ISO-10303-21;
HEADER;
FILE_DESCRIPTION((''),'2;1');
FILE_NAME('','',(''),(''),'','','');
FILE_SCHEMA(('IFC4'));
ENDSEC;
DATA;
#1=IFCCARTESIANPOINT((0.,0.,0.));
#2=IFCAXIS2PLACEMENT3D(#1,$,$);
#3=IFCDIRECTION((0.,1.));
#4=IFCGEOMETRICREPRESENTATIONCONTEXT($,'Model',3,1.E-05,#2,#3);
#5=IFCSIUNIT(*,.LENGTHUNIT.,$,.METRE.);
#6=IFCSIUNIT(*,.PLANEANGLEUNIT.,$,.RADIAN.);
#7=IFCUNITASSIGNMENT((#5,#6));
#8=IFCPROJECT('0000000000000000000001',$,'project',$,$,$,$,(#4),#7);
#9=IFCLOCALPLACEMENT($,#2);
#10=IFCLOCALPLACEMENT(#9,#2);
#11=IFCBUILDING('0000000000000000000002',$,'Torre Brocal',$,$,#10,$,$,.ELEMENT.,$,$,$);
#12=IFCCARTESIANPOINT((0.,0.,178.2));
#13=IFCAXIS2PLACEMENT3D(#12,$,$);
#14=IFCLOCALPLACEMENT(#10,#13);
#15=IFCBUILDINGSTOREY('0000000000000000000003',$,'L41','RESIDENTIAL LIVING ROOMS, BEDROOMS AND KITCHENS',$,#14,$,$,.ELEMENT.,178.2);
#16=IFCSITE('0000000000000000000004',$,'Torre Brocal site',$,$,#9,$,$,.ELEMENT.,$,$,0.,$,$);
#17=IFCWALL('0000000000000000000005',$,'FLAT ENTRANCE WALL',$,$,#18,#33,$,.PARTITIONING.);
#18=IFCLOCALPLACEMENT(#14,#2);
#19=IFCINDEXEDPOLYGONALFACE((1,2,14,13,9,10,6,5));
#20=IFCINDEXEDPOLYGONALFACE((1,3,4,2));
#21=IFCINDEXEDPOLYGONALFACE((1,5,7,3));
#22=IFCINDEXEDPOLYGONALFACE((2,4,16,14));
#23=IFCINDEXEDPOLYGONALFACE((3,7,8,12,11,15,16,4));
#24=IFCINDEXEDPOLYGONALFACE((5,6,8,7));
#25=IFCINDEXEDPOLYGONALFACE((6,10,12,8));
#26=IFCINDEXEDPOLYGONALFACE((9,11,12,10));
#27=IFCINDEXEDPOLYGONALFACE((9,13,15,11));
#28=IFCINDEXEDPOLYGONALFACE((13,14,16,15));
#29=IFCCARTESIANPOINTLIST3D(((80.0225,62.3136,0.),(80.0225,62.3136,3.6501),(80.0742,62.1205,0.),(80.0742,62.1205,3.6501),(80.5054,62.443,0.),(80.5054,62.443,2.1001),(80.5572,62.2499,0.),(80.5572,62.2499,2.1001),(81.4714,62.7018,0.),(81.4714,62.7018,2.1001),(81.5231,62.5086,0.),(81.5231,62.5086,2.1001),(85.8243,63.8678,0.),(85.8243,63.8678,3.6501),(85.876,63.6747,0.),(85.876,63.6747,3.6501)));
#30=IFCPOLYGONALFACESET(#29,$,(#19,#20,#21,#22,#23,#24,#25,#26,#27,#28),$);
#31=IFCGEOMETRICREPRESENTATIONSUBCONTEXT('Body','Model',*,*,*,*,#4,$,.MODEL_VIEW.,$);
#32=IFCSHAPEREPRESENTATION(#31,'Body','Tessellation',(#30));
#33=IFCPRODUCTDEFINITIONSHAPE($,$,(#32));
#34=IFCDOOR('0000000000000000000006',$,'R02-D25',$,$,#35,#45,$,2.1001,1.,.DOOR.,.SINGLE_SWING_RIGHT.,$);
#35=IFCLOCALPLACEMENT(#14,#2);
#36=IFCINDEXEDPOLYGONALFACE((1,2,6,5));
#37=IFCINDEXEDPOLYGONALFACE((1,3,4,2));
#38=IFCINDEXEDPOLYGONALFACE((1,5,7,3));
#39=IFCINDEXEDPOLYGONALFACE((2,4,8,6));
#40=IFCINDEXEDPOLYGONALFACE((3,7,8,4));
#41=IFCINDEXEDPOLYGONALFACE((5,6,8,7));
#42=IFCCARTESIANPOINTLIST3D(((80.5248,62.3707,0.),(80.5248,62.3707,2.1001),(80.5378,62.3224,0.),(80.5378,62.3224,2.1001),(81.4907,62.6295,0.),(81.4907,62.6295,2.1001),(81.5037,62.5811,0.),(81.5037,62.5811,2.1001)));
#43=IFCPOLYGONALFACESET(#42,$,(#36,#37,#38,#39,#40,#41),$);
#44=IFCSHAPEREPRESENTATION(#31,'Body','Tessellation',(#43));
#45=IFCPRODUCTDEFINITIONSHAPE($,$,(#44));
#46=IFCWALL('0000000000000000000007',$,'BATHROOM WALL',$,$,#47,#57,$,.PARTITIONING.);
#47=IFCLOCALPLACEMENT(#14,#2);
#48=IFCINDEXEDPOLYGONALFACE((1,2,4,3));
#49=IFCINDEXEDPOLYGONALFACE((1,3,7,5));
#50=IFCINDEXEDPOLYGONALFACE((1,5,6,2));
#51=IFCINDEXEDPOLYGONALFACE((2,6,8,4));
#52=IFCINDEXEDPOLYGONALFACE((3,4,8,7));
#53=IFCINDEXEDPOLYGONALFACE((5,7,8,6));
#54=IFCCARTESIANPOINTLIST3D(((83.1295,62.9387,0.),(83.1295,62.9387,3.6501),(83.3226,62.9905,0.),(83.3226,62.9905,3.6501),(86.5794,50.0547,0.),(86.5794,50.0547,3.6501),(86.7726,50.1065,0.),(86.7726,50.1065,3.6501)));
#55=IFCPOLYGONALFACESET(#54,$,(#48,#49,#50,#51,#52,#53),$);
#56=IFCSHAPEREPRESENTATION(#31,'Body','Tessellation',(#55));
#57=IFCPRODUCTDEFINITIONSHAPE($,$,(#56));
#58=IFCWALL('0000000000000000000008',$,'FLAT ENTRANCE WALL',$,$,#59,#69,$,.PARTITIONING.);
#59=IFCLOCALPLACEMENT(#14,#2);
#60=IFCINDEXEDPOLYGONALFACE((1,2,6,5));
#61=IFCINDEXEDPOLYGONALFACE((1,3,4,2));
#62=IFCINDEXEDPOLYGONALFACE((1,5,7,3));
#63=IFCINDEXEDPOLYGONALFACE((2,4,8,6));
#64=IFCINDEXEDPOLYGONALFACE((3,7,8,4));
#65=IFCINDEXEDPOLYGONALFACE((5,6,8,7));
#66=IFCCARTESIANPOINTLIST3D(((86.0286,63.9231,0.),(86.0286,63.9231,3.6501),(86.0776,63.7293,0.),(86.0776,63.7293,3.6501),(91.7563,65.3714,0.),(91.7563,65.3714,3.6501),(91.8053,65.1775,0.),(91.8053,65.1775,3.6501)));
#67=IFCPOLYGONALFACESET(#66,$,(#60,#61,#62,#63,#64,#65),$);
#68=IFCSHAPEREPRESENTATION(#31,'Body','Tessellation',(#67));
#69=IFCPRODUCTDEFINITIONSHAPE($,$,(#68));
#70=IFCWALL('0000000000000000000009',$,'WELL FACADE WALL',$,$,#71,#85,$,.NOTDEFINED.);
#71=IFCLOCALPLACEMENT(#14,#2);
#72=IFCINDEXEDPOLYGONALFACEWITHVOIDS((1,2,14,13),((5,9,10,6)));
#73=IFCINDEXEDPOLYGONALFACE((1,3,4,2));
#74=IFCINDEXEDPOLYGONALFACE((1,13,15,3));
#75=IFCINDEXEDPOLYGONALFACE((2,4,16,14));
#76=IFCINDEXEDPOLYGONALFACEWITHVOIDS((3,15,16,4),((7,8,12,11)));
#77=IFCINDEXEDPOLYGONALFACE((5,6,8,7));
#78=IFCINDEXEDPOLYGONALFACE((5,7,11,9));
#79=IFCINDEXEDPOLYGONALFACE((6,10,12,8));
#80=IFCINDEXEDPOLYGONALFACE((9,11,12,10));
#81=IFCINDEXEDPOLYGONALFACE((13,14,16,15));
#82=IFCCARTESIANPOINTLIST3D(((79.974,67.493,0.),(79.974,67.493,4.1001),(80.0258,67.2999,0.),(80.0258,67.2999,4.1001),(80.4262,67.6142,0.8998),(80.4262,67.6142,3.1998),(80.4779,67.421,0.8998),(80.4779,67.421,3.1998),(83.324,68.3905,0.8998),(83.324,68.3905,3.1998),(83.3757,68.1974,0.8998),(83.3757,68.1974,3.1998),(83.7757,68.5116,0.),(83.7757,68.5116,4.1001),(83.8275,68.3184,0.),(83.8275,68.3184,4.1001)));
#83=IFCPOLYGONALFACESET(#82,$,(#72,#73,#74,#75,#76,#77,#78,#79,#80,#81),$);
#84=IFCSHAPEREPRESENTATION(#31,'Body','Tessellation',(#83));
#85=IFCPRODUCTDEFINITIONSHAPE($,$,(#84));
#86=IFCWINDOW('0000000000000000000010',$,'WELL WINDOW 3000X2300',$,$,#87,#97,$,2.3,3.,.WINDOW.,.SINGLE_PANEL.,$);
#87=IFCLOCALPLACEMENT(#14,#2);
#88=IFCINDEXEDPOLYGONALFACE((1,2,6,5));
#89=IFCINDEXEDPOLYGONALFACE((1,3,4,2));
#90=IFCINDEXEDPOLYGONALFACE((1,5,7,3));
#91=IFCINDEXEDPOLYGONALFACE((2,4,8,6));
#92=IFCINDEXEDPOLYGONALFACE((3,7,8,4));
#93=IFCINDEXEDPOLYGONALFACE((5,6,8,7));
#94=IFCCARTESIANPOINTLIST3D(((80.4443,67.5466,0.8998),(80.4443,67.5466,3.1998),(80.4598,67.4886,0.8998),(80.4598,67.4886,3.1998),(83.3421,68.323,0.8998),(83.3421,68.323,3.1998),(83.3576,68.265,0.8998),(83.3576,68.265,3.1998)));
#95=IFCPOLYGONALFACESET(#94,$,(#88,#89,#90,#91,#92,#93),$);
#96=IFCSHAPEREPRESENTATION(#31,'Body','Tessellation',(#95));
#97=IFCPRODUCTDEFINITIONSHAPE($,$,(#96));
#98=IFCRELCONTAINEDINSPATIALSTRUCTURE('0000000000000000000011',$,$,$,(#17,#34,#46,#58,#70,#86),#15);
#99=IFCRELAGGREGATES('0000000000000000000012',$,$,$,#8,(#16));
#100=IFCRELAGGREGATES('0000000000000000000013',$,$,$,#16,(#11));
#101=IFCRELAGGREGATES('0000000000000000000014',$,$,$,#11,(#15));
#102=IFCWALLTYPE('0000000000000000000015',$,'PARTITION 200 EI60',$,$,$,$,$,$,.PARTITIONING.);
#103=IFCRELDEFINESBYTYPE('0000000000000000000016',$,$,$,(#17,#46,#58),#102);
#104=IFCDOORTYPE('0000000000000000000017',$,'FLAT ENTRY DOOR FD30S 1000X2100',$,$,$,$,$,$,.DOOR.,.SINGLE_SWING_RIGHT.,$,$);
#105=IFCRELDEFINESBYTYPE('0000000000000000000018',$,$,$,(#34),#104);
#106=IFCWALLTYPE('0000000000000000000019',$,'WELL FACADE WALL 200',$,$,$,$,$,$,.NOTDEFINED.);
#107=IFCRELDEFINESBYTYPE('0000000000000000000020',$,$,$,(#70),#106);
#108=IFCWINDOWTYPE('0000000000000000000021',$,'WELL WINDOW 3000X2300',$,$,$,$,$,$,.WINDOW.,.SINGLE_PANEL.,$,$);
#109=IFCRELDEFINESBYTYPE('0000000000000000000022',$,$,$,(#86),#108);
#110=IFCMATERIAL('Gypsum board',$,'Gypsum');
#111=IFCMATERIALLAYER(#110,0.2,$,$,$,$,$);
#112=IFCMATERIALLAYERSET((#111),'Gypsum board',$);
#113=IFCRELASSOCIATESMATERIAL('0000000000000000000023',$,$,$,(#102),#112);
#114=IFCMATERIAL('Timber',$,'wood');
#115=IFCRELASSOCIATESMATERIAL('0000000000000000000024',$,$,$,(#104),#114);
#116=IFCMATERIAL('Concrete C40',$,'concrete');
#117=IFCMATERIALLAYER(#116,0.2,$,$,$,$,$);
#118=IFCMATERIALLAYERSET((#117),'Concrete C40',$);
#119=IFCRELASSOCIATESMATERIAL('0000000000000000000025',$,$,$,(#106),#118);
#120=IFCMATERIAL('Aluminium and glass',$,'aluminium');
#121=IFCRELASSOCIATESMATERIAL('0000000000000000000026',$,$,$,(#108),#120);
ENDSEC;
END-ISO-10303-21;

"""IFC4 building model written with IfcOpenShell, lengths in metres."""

from ifc_helpers import new_model, si_unit, direction, frame, frame_2d, origin, place, context, subcontext, project, spatial, rectangle, extrude, material, layer, layer_set, type_object, element, fill, save


model = new_model("IFC4")

# Units and contexts
model_context = context("Model", 3, precision=1e-05, world=origin(), true_north=direction((0.0, 1.0)))
body_context = subcontext(model_context, "Body", "Model", "MODEL_VIEW")
ifc_project = project(units=[si_unit("LENGTHUNIT", "METRE"), si_unit("PLANEANGLEUNIT", "RADIAN")], contexts=[model_context])

# Site, building, storey
site_placement = place(None, origin())
site = spatial("IfcSite", under=ifc_project, at=site_placement, Name="Torre Brocal site", CompositionType="ELEMENT", RefElevation=0.0)
building_placement = place(site_placement, origin())
building = spatial("IfcBuilding", under=site, at=building_placement, Name="Torre Brocal", CompositionType="ELEMENT")
storey_placement = place(building_placement, frame((0.0, 0.0, 178.2)))
storey = spatial("IfcBuildingStorey", under=building, at=storey_placement, Name="L41", Description="RESIDENTIAL LIVING ROOMS, BEDROOMS AND KITCHENS", CompositionType="ELEMENT", Elevation=178.2)

# Wall, opening, door
ifc_material_1 = material(Name="Gypsum board", Category="Gypsum")
ifc_layer_1 = layer(ifc_material_1, 0.2)
ifc_layer_set_1 = layer_set([ifc_layer_1], Name="Gypsum board")
wall_type_1 = type_object("IfcWallType", Name="PARTITION 200 EI60", PredefinedType="PARTITIONING", material=ifc_layer_set_1)
wall_1_placement = place(storey_placement, frame((80.0483, 62.217, 0.0), z_axis=(0.0, 0.0, 1.0), x_axis=(0.965942, 0.25876, 0.0)))
wall_1 = element("IfcWall", 1, at=wall_1_placement, inside=storey, type_object=wall_type_1, Name="FLAT ENTRANCE WALL", PredefinedType="PARTITIONING", context=body_context, shape_type="SweptSolid", body=[
    extrude(rectangle(XDim=6.0063, YDim=0.2, at=frame_2d((3.0032, 0.0))), origin(), (0.0, 0.0, 1.0), 3.6501),
])
opening_1_placement = place(wall_1_placement, frame((0.5, 0.0, 0.0)))
opening_1 = element("IfcOpeningElement", 2, at=opening_1_placement, cuts=wall_1, PredefinedType="OPENING", context=body_context, shape_type="SweptSolid", body=[
    extrude(rectangle(XDim=1.0, YDim=2.1001, at=frame_2d((0.5, 1.05))), frame((0.0, 0.1099, 0.0), z_axis=(0.0, -1.0, 0.0), x_axis=(1.0, 0.0, 0.0)), (0.0, 0.0, 1.0), 0.22),
])
ifc_material_2 = material(Name="Timber", Category="wood")
door_type_1 = type_object("IfcDoorType", Name="FLAT ENTRY DOOR FD30S 1000X2100", OperationType="SINGLE_SWING_RIGHT", PredefinedType="DOOR", material=ifc_material_2)
door_1_placement = place(opening_1_placement, frame((1.0, 0.0, 0.0), z_axis=(0.0, 0.0, 1.0), x_axis=(-1.0, 0.0, 0.0)))
door_1 = element("IfcDoor", 3, at=door_1_placement, inside=storey, type_object=door_type_1, Name="R02-D25", OperationType="SINGLE_SWING_RIGHT", OverallHeight=2.1001, OverallWidth=1.0, PredefinedType="DOOR", context=body_context, shape_type="SweptSolid", body=[
    extrude(rectangle(XDim=1.0, YDim=2.1001, at=frame_2d((0.5, 1.05))), frame((0.0, 0.0249, 0.0), z_axis=(0.0, -1.0, 0.0), x_axis=(1.0, 0.0, 0.0)), (0.0, 0.0, 1.0), 0.05),
])
fill(opening_1, door_1)

# Walls
wall_2_placement = place(storey_placement, frame((83.2261, 62.9646, 0.0), z_axis=(0.0, 0.0, 1.0), x_axis=(0.258657, -0.965969, 0.0)))
element("IfcWall", 4, at=wall_2_placement, inside=storey, type_object=wall_type_1, Name="BATHROOM WALL", PredefinedType="PARTITIONING", context=body_context, shape_type="SweptSolid", body=[
    extrude(rectangle(XDim=13.3379, YDim=0.2, at=frame_2d((6.6689, 0.0))), origin(), (0.0, 0.0, 1.0), 3.6501),
])
wall_3_placement = place(storey_placement, frame((86.053, 63.8262, 0.0), z_axis=(0.0, 0.0, 1.0), x_axis=(0.96949, 0.245131, 0.0)))
element("IfcWall", 5, at=wall_3_placement, inside=storey, type_object=wall_type_1, Name="FLAT ENTRANCE WALL", PredefinedType="PARTITIONING", context=body_context, shape_type="SweptSolid", body=[
    extrude(rectangle(XDim=5.908, YDim=0.2, at=frame_2d((2.9541, 0.0))), origin(), (0.0, 0.0, 1.0), 3.6501),
])

# Wall, opening, window
ifc_material_3 = material(Name="Concrete C40", Category="concrete")
ifc_layer_2 = layer(ifc_material_3, 0.2)
ifc_layer_set_2 = layer_set([ifc_layer_2], Name="Concrete C40")
wall_type_2 = type_object("IfcWallType", Name="WELL FACADE WALL 200", PredefinedType="NOTDEFINED", material=ifc_layer_set_2)
wall_4_placement = place(storey_placement, frame((80.0, 67.3965, 0.0), z_axis=(0.0, 0.0, 1.0), x_axis=(0.965934, 0.25879, 0.0)))
wall_4 = element("IfcWall", 6, at=wall_4_placement, inside=storey, type_object=wall_type_2, Name="WELL FACADE WALL", PredefinedType="NOTDEFINED", context=body_context, shape_type="SweptSolid", body=[
    extrude(rectangle(XDim=3.9358, YDim=0.2, at=frame_2d((1.9678, 0.0))), origin(), (0.0, 0.0, 1.0), 4.1001),
])
opening_2_placement = place(wall_4_placement, frame((0.468, 0.0, 0.8999)))
opening_2 = element("IfcOpeningElement", 7, at=opening_2_placement, cuts=wall_4, PredefinedType="OPENING", context=body_context, shape_type="SweptSolid", body=[
    extrude(rectangle(XDim=3.0, YDim=2.3, at=frame_2d((1.5, 1.1499))), frame((0.0, 0.1099, 0.0), z_axis=(0.0, -1.0, 0.0), x_axis=(1.0, 0.0, 0.0)), (0.0, 0.0, 1.0), 0.22),
])
ifc_material_4 = material(Name="Aluminium and glass", Category="aluminium")
window_type = type_object("IfcWindowType", Name="WELL WINDOW 3000X2300", PartitioningType="SINGLE_PANEL", PredefinedType="WINDOW", material=ifc_material_4)
window_placement = place(opening_2_placement, origin())
window = element("IfcWindow", 8, at=window_placement, inside=storey, type_object=window_type, Name="WELL WINDOW 3000X2300", OverallHeight=2.3, OverallWidth=3.0, PartitioningType="SINGLE_PANEL", PredefinedType="WINDOW", context=body_context, shape_type="SweptSolid", body=[
    extrude(rectangle(XDim=3.0, YDim=2.3, at=frame_2d((1.5, 1.1499))), frame((0.0, 0.03, 0.0), z_axis=(0.0, -1.0, 0.0), x_axis=(1.0, 0.0, 0.0)), (0.0, 0.0, 1.0), 0.0601),
])
fill(opening_2, window)

save(model, "model.ifc")
